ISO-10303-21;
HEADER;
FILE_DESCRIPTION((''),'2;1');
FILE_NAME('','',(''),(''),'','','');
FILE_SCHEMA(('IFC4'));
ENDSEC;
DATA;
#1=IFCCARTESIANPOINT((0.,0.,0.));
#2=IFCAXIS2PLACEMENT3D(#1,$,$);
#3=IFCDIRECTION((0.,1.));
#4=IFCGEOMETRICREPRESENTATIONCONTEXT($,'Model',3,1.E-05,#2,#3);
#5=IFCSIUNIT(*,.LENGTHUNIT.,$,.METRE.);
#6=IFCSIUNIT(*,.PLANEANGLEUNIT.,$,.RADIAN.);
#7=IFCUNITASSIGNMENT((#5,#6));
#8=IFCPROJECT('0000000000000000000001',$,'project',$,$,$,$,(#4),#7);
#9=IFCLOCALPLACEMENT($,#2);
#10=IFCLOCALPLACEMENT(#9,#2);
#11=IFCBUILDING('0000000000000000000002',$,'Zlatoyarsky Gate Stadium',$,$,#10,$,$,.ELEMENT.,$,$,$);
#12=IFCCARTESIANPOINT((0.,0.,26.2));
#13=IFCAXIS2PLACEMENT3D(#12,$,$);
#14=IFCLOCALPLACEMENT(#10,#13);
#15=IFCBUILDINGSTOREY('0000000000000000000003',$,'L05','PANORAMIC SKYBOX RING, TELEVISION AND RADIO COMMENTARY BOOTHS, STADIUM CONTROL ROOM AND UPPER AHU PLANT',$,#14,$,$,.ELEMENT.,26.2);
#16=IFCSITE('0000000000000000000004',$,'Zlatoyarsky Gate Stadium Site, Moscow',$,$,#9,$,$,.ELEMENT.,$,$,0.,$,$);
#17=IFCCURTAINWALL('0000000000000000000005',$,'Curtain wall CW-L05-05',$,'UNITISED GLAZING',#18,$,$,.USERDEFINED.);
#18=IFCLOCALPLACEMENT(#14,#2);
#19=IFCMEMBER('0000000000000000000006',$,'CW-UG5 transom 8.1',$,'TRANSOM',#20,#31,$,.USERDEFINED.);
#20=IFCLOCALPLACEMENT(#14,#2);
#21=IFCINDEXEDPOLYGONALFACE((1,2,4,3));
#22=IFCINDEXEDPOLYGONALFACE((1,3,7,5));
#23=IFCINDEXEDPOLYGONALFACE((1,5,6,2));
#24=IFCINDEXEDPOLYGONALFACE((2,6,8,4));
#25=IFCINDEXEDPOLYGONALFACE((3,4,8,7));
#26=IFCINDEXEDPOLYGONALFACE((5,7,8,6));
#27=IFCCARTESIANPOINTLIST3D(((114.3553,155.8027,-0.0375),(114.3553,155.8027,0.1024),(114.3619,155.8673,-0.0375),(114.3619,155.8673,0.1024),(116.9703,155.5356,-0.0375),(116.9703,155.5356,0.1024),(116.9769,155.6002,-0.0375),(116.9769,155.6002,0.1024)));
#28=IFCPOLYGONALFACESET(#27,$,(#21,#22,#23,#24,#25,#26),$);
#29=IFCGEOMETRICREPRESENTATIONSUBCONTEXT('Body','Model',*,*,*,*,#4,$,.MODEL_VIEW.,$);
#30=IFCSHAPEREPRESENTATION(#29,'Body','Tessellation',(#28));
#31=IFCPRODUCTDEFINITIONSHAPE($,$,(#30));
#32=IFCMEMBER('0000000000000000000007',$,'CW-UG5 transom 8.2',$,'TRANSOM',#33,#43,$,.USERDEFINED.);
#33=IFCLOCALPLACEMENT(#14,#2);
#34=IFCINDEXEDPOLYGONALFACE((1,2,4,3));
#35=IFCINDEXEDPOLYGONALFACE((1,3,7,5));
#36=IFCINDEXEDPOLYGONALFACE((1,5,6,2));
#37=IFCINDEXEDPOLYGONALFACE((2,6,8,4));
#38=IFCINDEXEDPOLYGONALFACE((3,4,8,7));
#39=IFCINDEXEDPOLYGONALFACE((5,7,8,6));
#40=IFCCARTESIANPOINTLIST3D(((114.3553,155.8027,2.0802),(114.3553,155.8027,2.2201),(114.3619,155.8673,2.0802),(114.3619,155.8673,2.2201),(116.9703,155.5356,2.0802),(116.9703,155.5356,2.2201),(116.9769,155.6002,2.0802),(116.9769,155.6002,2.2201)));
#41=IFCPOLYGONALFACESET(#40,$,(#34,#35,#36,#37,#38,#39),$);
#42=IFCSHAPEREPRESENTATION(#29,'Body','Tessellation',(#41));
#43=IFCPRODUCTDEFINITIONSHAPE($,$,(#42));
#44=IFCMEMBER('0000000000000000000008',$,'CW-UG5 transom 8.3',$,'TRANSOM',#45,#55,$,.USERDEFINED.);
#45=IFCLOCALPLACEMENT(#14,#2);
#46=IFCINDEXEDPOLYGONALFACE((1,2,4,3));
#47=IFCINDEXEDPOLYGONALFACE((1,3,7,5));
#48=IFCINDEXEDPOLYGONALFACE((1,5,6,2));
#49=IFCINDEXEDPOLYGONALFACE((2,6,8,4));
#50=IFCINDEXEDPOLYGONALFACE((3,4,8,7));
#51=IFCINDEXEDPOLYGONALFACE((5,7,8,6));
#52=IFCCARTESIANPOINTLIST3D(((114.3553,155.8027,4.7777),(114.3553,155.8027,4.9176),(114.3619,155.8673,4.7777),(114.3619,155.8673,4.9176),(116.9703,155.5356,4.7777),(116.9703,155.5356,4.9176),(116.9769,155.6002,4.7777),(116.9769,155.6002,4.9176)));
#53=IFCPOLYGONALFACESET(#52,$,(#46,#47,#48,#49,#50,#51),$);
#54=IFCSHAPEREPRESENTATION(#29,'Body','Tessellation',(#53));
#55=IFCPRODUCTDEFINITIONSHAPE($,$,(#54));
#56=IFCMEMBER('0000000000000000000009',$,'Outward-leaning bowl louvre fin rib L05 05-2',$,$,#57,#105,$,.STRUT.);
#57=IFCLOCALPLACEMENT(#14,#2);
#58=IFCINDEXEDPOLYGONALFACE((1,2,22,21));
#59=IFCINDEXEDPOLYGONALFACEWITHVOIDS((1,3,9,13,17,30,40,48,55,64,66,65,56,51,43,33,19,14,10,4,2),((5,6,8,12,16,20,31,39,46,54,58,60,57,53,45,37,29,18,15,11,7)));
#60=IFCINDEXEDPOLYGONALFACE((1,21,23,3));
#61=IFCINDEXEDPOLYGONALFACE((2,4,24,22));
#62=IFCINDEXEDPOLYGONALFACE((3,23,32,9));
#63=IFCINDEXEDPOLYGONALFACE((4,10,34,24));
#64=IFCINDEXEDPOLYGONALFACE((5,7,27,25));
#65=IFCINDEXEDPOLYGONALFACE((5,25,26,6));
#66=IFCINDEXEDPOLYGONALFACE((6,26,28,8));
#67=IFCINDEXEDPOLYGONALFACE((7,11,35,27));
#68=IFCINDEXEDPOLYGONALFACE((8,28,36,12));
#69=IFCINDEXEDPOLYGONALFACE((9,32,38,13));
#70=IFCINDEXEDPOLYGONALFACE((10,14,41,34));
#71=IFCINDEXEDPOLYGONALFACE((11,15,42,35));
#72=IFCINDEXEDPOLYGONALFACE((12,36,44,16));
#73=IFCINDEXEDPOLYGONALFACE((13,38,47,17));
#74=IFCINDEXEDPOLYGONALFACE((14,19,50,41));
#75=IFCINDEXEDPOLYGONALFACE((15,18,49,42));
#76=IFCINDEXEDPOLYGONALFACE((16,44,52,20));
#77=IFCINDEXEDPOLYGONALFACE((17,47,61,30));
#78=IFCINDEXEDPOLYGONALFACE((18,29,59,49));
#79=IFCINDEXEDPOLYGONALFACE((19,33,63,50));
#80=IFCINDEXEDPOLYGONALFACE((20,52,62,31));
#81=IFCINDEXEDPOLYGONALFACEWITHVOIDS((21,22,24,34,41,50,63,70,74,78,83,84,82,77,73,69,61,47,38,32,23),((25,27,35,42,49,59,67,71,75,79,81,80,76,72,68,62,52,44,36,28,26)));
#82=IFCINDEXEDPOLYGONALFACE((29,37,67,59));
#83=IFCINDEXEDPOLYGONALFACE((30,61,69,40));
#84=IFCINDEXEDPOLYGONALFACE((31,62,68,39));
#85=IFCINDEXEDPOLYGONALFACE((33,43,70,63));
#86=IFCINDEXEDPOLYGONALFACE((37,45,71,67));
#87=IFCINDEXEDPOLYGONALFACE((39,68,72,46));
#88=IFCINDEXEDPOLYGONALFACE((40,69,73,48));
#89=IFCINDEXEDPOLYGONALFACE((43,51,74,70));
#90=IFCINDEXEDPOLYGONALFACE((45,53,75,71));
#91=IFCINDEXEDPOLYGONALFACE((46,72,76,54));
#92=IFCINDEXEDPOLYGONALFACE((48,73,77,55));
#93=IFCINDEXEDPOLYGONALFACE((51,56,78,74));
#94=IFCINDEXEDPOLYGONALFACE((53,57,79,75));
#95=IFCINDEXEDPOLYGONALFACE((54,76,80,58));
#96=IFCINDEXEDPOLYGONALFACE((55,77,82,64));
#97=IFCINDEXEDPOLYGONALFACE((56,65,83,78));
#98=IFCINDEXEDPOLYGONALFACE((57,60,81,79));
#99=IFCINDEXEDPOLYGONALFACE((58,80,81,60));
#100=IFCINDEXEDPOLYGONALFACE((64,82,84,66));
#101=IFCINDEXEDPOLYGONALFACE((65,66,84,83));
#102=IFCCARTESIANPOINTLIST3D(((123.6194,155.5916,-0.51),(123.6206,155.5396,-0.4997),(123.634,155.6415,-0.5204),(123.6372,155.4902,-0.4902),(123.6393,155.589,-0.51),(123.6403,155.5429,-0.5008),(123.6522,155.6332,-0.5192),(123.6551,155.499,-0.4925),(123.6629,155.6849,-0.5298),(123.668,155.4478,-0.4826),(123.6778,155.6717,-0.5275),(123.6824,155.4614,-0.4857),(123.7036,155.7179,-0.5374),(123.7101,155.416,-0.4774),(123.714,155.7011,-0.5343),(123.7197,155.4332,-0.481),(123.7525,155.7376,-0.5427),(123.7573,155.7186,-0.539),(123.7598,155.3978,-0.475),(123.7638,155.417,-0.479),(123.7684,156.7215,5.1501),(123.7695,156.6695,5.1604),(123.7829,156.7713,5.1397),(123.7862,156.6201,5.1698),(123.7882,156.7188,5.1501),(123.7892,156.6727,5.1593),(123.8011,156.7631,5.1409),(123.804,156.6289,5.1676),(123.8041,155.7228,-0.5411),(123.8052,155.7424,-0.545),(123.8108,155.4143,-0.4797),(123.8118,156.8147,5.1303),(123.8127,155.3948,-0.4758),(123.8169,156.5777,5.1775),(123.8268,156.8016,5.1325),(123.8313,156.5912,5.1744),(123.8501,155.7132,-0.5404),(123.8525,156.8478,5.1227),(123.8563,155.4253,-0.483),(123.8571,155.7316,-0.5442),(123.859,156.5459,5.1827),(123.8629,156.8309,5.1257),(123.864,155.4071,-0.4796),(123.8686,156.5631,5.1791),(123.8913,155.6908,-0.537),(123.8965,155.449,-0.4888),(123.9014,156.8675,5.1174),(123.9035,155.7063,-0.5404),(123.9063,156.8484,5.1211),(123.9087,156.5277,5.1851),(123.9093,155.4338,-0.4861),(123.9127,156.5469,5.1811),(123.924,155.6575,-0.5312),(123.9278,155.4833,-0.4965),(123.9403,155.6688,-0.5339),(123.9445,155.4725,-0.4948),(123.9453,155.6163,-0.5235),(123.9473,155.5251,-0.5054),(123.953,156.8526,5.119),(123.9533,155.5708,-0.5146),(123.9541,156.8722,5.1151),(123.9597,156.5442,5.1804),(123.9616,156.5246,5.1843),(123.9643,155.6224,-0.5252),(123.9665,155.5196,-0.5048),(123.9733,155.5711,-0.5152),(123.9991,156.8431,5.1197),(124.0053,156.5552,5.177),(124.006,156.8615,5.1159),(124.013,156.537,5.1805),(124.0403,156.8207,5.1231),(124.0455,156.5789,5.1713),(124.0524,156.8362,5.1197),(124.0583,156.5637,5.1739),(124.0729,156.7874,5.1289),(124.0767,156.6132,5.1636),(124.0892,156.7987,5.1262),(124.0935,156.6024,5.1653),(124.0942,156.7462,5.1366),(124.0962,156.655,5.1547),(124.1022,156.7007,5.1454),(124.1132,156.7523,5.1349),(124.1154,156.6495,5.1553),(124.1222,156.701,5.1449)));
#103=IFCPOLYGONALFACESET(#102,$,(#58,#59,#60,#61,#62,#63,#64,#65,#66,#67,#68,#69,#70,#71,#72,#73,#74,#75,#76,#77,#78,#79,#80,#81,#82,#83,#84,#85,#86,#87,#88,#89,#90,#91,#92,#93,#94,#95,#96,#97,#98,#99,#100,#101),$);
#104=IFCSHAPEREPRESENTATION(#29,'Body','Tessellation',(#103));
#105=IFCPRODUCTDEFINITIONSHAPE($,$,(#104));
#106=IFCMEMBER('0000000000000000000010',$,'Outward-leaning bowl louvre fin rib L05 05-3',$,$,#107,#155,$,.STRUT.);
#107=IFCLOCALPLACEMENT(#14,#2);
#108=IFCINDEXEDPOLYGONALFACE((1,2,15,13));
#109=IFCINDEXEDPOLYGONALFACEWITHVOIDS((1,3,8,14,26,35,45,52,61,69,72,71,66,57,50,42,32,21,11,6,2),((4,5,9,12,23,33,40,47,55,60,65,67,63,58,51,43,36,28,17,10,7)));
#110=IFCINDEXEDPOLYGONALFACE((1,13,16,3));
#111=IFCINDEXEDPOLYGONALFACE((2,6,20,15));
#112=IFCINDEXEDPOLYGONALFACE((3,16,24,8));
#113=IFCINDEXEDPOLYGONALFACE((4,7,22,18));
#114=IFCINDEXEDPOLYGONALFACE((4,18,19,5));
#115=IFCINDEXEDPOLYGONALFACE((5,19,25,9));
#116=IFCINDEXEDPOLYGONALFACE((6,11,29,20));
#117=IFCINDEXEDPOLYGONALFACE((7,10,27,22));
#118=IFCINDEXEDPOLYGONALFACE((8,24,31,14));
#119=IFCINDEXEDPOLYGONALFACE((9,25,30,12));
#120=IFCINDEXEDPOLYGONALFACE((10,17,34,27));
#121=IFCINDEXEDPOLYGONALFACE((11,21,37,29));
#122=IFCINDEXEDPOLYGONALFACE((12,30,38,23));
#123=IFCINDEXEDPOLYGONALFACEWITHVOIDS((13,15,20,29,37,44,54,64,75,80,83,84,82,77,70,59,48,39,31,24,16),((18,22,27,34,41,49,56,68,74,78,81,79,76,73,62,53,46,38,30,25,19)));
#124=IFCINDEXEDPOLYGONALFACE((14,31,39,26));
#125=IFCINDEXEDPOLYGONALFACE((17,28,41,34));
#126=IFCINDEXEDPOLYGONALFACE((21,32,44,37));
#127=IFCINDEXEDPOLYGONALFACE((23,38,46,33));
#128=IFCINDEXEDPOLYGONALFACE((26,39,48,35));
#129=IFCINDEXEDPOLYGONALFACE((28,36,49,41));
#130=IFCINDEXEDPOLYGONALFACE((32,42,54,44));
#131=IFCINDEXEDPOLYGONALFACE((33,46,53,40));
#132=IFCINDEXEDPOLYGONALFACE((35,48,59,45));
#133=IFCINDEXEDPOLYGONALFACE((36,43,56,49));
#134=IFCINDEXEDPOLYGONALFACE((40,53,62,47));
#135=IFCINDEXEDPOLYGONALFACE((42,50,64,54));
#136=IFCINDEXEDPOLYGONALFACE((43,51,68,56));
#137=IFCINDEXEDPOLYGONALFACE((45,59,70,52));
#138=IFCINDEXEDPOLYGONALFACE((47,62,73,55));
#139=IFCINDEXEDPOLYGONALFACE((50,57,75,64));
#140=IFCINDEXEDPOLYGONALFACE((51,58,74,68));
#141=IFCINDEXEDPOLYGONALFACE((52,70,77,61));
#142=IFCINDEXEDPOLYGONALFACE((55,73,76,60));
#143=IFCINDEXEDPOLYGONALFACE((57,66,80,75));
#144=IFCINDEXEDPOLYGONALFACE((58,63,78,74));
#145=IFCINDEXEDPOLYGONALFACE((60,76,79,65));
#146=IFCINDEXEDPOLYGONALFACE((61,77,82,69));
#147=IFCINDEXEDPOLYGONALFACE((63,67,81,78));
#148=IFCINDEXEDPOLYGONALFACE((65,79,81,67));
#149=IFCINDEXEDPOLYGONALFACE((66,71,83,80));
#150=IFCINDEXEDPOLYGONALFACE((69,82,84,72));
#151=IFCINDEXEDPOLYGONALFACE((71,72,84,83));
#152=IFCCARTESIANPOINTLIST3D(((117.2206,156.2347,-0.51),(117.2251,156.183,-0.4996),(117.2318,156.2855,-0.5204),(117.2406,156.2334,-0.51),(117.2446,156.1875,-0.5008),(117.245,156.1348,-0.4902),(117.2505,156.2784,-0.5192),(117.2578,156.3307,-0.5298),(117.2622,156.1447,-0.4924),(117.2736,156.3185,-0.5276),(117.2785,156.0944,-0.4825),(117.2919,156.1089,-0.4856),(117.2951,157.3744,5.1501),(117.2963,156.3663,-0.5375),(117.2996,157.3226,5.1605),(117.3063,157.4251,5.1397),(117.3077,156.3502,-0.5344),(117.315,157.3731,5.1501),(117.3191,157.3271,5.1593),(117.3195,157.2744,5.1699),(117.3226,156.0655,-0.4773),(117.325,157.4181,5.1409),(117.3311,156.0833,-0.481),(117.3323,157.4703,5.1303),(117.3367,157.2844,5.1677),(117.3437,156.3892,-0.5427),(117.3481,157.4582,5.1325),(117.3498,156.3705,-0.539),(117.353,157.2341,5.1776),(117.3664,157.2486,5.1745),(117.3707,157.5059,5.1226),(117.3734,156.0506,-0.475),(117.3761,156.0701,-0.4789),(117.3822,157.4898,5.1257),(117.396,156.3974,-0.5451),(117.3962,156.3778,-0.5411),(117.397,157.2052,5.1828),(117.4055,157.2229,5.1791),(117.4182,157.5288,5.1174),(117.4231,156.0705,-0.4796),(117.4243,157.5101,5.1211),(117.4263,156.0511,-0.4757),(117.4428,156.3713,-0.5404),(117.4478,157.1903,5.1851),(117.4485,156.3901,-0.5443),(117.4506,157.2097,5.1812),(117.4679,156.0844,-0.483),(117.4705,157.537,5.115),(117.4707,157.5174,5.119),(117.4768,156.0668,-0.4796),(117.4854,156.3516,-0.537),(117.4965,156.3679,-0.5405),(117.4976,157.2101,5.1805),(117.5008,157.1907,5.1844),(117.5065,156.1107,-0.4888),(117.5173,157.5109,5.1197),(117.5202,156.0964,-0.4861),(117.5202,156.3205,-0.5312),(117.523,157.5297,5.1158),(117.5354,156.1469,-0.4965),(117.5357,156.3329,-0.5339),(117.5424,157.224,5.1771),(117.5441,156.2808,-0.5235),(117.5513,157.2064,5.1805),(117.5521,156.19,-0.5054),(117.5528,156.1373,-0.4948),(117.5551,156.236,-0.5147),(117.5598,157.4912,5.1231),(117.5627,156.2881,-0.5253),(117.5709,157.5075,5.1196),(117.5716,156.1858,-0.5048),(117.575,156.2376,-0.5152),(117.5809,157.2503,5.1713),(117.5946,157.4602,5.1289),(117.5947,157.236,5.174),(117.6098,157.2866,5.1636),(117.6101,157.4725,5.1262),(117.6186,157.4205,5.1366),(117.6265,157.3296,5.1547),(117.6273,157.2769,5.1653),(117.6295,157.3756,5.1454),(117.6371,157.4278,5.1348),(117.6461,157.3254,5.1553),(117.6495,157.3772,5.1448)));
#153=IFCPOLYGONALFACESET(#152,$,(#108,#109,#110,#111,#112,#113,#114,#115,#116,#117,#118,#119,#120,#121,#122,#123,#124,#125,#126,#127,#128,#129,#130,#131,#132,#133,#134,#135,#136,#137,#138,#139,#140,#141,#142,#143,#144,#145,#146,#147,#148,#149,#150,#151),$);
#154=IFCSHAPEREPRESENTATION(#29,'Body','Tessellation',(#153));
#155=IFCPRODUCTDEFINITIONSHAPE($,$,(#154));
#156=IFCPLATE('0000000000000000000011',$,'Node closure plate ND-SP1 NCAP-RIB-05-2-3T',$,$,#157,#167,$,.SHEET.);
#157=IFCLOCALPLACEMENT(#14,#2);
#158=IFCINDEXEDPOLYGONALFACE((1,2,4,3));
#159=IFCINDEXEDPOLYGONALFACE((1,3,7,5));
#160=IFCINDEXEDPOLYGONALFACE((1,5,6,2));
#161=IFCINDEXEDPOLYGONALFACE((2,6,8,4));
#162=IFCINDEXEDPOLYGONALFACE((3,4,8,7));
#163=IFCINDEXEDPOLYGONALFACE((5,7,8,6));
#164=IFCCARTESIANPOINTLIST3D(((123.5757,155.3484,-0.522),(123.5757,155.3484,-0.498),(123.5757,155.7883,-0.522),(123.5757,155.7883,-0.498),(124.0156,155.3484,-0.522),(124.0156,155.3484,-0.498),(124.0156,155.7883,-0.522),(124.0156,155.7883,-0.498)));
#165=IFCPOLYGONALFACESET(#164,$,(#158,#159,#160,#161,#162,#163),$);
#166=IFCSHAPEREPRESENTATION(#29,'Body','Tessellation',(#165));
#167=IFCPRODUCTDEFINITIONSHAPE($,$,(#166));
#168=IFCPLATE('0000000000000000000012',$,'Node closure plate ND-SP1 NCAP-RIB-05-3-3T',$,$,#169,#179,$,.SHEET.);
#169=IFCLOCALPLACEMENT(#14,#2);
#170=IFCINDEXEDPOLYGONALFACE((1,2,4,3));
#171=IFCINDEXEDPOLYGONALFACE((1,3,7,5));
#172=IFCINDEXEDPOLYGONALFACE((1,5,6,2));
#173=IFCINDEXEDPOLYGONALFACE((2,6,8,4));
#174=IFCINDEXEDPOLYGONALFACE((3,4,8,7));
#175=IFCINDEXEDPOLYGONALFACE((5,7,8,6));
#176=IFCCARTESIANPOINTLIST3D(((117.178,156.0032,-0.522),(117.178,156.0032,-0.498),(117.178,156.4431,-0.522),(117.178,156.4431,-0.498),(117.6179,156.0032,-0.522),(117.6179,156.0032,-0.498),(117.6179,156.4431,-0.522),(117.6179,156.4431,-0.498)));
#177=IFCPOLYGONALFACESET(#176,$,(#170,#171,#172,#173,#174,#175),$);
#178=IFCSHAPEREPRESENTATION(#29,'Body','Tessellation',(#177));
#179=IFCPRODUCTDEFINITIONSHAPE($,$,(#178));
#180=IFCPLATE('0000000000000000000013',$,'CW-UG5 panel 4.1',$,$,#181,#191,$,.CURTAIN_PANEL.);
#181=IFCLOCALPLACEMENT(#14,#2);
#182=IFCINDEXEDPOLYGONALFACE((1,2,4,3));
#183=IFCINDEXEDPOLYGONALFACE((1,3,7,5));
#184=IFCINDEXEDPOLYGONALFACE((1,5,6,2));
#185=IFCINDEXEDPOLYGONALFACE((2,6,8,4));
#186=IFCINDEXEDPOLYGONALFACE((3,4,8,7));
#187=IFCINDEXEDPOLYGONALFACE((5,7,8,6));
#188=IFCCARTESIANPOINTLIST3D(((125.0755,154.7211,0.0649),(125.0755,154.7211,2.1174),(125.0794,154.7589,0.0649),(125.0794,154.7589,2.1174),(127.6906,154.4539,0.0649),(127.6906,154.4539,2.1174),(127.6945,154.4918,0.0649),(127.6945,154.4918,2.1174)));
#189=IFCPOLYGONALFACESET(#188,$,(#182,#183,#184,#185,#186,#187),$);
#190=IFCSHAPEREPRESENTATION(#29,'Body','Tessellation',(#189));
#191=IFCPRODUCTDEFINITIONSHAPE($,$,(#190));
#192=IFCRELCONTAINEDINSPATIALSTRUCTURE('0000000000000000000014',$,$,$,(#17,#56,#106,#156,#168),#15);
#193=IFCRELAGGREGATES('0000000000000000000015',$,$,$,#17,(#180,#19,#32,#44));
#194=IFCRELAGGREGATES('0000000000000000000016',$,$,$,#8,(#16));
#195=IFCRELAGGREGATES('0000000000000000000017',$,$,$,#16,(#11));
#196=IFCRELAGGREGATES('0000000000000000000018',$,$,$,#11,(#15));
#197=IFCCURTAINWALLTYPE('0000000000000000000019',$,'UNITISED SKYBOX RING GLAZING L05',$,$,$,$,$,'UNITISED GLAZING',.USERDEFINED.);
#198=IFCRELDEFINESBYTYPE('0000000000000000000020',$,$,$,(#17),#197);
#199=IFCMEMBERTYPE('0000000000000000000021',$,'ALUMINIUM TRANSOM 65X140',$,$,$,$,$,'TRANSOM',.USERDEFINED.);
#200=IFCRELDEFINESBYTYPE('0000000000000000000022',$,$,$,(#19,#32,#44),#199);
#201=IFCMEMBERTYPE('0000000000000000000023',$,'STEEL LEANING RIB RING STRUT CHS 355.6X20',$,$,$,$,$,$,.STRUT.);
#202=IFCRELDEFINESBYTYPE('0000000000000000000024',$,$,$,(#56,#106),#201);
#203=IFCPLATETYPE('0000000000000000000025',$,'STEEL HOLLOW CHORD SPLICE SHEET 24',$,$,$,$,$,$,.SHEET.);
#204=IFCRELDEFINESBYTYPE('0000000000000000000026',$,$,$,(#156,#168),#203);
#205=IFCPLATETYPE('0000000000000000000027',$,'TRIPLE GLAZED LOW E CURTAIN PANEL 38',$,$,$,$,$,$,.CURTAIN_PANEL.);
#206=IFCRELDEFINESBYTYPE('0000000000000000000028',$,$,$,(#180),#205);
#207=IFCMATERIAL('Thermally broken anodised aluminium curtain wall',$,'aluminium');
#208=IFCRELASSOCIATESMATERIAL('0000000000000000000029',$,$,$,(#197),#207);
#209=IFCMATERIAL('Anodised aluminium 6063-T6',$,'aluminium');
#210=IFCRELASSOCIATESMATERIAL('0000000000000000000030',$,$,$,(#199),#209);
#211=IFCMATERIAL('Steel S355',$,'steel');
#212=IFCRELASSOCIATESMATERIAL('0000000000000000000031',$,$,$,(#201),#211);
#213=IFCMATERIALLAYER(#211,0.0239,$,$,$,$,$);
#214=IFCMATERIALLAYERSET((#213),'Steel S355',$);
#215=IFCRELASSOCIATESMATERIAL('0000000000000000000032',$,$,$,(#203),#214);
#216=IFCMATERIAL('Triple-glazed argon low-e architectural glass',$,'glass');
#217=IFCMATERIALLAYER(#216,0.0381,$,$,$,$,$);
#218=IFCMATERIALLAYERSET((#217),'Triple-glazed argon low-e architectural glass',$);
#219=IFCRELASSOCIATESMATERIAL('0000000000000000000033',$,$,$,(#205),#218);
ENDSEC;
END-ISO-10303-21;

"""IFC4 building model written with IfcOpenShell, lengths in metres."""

from ifc_helpers import new_model, si_unit, direction, frame, origin, origin_2d, place, context, subcontext, project, spatial, rectangle, hollow_circle, extrude, material, layer, layer_set, material_profile, profile_set, type_object, element, aggregate, save


model = new_model("IFC4")

# Units and contexts
model_context = context("Model", 3, precision=1e-05, world=origin(), true_north=direction((0.0, 1.0)))
body_context = subcontext(model_context, "Body", "Model", "MODEL_VIEW")
ifc_project = project(units=[si_unit("LENGTHUNIT", "METRE"), si_unit("PLANEANGLEUNIT", "RADIAN")], contexts=[model_context])

# Site, building, storey
site_placement = place(None, origin())
site = spatial("IfcSite", under=ifc_project, at=site_placement, Name="Zlatoyarsky Gate Stadium Site, Moscow", CompositionType="ELEMENT", RefElevation=0.0)
building_placement = place(site_placement, origin())
building = spatial("IfcBuilding", under=site, at=building_placement, Name="Zlatoyarsky Gate Stadium", CompositionType="ELEMENT")
storey_placement = place(building_placement, frame((0.0, 0.0, 26.2)))
storey = spatial("IfcBuildingStorey", under=building, at=storey_placement, Name="L05", Description="PANORAMIC SKYBOX RING, TELEVISION AND RADIO COMMENTARY BOOTHS, STADIUM CONTROL ROOM AND UPPER AHU PLANT", CompositionType="ELEMENT", Elevation=26.2)

# Curtain wall, members
ifc_material_1 = material(Name="Thermally broken anodised aluminium curtain wall", Category="aluminium")
curtain_wall_type = type_object("IfcCurtainWallType", Name="UNITISED SKYBOX RING GLAZING L05", ElementType="UNITISED GLAZING", PredefinedType="USERDEFINED", material=ifc_material_1)
curtain_wall_placement = place(storey_placement, origin())
curtain_wall = element("IfcCurtainWall", 1, at=curtain_wall_placement, inside=storey, type_object=curtain_wall_type, Name="Curtain wall CW-L05-05", ObjectType="UNITISED GLAZING", PredefinedType="USERDEFINED")
ifc_material_2 = material(Name="Anodised aluminium 6063-T6", Category="aluminium")
ifc_material_profile_1 = material_profile(ifc_material_2, rectangle(XDim=0.0649, YDim=0.1399, at=origin_2d()), Name="ALU 65X140")
ifc_profile_set_1 = profile_set([ifc_material_profile_1], Name="Anodised aluminium 6063-T6")
member_type_1 = type_object("IfcMemberType", Name="ALUMINIUM TRANSOM 65X140", ElementType="TRANSOM", PredefinedType="USERDEFINED", material=ifc_profile_set_1)
member_1_placement = place(storey_placement, frame((116.9736, 155.5679, 0.0325), z_axis=(-0.994824, 0.101609, 0.0), x_axis=(-0.101609, -0.994824, 0.0)))
member_1 = element("IfcMember", 2, at=member_1_placement, type_object=member_type_1, Name="CW-UG5 transom 8.1", ObjectType="TRANSOM", PredefinedType="USERDEFINED", context=body_context, shape_type="SweptSolid", body=[
    extrude(rectangle(XDim=0.0649, YDim=0.1399, at=origin_2d()), origin(), (0.0, 0.0, 1.0), 2.6287),
])
member_2_placement = place(storey_placement, frame((116.9736, 155.5679, 2.1501), z_axis=(-0.994824, 0.101609, 0.0), x_axis=(-0.101609, -0.994824, 0.0)))
member_2 = element("IfcMember", 3, at=member_2_placement, type_object=member_type_1, Name="CW-UG5 transom 8.2", ObjectType="TRANSOM", PredefinedType="USERDEFINED", context=body_context, shape_type="SweptSolid", body=[
    extrude(rectangle(XDim=0.0649, YDim=0.1399, at=origin_2d()), origin(), (0.0, 0.0, 1.0), 2.6287),
])
member_3_placement = place(storey_placement, frame((116.9736, 155.5679, 4.8477), z_axis=(-0.994824, 0.101609, 0.0), x_axis=(-0.101609, -0.994824, 0.0)))
member_3 = element("IfcMember", 4, at=member_3_placement, type_object=member_type_1, Name="CW-UG5 transom 8.3", ObjectType="TRANSOM", PredefinedType="USERDEFINED", context=body_context, shape_type="SweptSolid", body=[
    extrude(rectangle(XDim=0.0649, YDim=0.1399, at=origin_2d()), origin(), (0.0, 0.0, 1.0), 2.6287),
])

# Members
ifc_material_3 = material(Name="Steel S355", Category="steel")
ifc_material_profile_2 = material_profile(ifc_material_3, hollow_circle(Radius=0.1777, WallThickness=0.02, at=origin_2d()), Name="CHS 355.6X20")
ifc_profile_set_2 = profile_set([ifc_material_profile_2], Name="Steel S355")
member_type_2 = type_object("IfcMemberType", Name="STEEL LEANING RIB RING STRUT CHS 355.6X20", PredefinedType="STRUT", material=ifc_profile_set_2)
member_4_placement = place(storey_placement, frame((123.7957, 155.5684, -0.51), z_axis=(0.025794, 0.195693, 0.980326), x_axis=(-0.991425, 0.130676, 0.0)))
element("IfcMember", 5, at=member_4_placement, inside=storey, type_object=member_type_2, Name="Outward-leaning bowl louvre fin rib L05 05-2", PredefinedType="STRUT", context=body_context, shape_type="SweptSolid", body=[
    extrude(hollow_circle(Radius=0.1777, WallThickness=0.02, at=origin_2d()), origin(), (0.0, 0.0, 1.0), 5.7737),
])
member_5_placement = place(storey_placement, frame((117.3979, 156.2231, -0.51), z_axis=(0.012896, 0.197368, 0.980245), x_axis=(-0.997872, 0.065199, 0.0)))
element("IfcMember", 6, at=member_5_placement, inside=storey, type_object=member_type_2, Name="Outward-leaning bowl louvre fin rib L05 05-3", PredefinedType="STRUT", context=body_context, shape_type="SweptSolid", body=[
    extrude(hollow_circle(Radius=0.1777, WallThickness=0.02, at=origin_2d()), origin(), (0.0, 0.0, 1.0), 5.7742),
])

# Plates
ifc_layer_1 = layer(ifc_material_3, 0.0239)
ifc_layer_set_1 = layer_set([ifc_layer_1], Name="Steel S355")
plate_type_1 = type_object("IfcPlateType", Name="STEEL HOLLOW CHORD SPLICE SHEET 24", PredefinedType="SHEET", material=ifc_layer_set_1)
for number, where, z_axis, x_axis, name in (
    (7, (123.7957, 155.5684, -0.522), (0.0, 0.0, 1.0), (1.0, 0.0, 0.0), "Node closure plate ND-SP1 NCAP-RIB-05-2-3T"),
    (8, (117.3979, 156.2231, -0.522), (0.0, 0.0, 1.0), (1.0, 0.0, 0.0), "Node closure plate ND-SP1 NCAP-RIB-05-3-3T"),
):
    element("IfcPlate", number, at=place(storey_placement, frame(where, z_axis=z_axis, x_axis=x_axis)), inside=storey, type_object=plate_type_1, Name=name, PredefinedType="SHEET", context=body_context, shape_type="SweptSolid", body=[
        extrude(rectangle(XDim=0.4399, YDim=0.4399, at=origin_2d()), origin(), (0.0, 0.0, 1.0), 0.0239),
    ])

# Plate
ifc_material_4 = material(Name="Triple-glazed argon low-e architectural glass", Category="glass")
ifc_layer_2 = layer(ifc_material_4, 0.0381)
ifc_layer_set_2 = layer_set([ifc_layer_2], Name="Triple-glazed argon low-e architectural glass")
plate_type_2 = type_object("IfcPlateType", Name="TRIPLE GLAZED LOW E CURTAIN PANEL 38", PredefinedType="CURTAIN_PANEL", material=ifc_layer_set_2)
plate_1_placement = place(storey_placement, frame((126.385, 154.6064, 0.0649), z_axis=(0.0, 0.0, 1.0), x_axis=(-0.994823, 0.101618, 0.0)))
plate_1 = element("IfcPlate", 9, at=plate_1_placement, type_object=plate_type_2, Name="CW-UG5 panel 4.1", PredefinedType="CURTAIN_PANEL", context=body_context, shape_type="SweptSolid", body=[
    extrude(rectangle(XDim=2.6287, YDim=0.0381, at=origin_2d()), origin(), (0.0, 0.0, 1.0), 2.0525),
])
aggregate(curtain_wall, [plate_1, member_1, member_2, member_3])

save(model, "model.ifc")
